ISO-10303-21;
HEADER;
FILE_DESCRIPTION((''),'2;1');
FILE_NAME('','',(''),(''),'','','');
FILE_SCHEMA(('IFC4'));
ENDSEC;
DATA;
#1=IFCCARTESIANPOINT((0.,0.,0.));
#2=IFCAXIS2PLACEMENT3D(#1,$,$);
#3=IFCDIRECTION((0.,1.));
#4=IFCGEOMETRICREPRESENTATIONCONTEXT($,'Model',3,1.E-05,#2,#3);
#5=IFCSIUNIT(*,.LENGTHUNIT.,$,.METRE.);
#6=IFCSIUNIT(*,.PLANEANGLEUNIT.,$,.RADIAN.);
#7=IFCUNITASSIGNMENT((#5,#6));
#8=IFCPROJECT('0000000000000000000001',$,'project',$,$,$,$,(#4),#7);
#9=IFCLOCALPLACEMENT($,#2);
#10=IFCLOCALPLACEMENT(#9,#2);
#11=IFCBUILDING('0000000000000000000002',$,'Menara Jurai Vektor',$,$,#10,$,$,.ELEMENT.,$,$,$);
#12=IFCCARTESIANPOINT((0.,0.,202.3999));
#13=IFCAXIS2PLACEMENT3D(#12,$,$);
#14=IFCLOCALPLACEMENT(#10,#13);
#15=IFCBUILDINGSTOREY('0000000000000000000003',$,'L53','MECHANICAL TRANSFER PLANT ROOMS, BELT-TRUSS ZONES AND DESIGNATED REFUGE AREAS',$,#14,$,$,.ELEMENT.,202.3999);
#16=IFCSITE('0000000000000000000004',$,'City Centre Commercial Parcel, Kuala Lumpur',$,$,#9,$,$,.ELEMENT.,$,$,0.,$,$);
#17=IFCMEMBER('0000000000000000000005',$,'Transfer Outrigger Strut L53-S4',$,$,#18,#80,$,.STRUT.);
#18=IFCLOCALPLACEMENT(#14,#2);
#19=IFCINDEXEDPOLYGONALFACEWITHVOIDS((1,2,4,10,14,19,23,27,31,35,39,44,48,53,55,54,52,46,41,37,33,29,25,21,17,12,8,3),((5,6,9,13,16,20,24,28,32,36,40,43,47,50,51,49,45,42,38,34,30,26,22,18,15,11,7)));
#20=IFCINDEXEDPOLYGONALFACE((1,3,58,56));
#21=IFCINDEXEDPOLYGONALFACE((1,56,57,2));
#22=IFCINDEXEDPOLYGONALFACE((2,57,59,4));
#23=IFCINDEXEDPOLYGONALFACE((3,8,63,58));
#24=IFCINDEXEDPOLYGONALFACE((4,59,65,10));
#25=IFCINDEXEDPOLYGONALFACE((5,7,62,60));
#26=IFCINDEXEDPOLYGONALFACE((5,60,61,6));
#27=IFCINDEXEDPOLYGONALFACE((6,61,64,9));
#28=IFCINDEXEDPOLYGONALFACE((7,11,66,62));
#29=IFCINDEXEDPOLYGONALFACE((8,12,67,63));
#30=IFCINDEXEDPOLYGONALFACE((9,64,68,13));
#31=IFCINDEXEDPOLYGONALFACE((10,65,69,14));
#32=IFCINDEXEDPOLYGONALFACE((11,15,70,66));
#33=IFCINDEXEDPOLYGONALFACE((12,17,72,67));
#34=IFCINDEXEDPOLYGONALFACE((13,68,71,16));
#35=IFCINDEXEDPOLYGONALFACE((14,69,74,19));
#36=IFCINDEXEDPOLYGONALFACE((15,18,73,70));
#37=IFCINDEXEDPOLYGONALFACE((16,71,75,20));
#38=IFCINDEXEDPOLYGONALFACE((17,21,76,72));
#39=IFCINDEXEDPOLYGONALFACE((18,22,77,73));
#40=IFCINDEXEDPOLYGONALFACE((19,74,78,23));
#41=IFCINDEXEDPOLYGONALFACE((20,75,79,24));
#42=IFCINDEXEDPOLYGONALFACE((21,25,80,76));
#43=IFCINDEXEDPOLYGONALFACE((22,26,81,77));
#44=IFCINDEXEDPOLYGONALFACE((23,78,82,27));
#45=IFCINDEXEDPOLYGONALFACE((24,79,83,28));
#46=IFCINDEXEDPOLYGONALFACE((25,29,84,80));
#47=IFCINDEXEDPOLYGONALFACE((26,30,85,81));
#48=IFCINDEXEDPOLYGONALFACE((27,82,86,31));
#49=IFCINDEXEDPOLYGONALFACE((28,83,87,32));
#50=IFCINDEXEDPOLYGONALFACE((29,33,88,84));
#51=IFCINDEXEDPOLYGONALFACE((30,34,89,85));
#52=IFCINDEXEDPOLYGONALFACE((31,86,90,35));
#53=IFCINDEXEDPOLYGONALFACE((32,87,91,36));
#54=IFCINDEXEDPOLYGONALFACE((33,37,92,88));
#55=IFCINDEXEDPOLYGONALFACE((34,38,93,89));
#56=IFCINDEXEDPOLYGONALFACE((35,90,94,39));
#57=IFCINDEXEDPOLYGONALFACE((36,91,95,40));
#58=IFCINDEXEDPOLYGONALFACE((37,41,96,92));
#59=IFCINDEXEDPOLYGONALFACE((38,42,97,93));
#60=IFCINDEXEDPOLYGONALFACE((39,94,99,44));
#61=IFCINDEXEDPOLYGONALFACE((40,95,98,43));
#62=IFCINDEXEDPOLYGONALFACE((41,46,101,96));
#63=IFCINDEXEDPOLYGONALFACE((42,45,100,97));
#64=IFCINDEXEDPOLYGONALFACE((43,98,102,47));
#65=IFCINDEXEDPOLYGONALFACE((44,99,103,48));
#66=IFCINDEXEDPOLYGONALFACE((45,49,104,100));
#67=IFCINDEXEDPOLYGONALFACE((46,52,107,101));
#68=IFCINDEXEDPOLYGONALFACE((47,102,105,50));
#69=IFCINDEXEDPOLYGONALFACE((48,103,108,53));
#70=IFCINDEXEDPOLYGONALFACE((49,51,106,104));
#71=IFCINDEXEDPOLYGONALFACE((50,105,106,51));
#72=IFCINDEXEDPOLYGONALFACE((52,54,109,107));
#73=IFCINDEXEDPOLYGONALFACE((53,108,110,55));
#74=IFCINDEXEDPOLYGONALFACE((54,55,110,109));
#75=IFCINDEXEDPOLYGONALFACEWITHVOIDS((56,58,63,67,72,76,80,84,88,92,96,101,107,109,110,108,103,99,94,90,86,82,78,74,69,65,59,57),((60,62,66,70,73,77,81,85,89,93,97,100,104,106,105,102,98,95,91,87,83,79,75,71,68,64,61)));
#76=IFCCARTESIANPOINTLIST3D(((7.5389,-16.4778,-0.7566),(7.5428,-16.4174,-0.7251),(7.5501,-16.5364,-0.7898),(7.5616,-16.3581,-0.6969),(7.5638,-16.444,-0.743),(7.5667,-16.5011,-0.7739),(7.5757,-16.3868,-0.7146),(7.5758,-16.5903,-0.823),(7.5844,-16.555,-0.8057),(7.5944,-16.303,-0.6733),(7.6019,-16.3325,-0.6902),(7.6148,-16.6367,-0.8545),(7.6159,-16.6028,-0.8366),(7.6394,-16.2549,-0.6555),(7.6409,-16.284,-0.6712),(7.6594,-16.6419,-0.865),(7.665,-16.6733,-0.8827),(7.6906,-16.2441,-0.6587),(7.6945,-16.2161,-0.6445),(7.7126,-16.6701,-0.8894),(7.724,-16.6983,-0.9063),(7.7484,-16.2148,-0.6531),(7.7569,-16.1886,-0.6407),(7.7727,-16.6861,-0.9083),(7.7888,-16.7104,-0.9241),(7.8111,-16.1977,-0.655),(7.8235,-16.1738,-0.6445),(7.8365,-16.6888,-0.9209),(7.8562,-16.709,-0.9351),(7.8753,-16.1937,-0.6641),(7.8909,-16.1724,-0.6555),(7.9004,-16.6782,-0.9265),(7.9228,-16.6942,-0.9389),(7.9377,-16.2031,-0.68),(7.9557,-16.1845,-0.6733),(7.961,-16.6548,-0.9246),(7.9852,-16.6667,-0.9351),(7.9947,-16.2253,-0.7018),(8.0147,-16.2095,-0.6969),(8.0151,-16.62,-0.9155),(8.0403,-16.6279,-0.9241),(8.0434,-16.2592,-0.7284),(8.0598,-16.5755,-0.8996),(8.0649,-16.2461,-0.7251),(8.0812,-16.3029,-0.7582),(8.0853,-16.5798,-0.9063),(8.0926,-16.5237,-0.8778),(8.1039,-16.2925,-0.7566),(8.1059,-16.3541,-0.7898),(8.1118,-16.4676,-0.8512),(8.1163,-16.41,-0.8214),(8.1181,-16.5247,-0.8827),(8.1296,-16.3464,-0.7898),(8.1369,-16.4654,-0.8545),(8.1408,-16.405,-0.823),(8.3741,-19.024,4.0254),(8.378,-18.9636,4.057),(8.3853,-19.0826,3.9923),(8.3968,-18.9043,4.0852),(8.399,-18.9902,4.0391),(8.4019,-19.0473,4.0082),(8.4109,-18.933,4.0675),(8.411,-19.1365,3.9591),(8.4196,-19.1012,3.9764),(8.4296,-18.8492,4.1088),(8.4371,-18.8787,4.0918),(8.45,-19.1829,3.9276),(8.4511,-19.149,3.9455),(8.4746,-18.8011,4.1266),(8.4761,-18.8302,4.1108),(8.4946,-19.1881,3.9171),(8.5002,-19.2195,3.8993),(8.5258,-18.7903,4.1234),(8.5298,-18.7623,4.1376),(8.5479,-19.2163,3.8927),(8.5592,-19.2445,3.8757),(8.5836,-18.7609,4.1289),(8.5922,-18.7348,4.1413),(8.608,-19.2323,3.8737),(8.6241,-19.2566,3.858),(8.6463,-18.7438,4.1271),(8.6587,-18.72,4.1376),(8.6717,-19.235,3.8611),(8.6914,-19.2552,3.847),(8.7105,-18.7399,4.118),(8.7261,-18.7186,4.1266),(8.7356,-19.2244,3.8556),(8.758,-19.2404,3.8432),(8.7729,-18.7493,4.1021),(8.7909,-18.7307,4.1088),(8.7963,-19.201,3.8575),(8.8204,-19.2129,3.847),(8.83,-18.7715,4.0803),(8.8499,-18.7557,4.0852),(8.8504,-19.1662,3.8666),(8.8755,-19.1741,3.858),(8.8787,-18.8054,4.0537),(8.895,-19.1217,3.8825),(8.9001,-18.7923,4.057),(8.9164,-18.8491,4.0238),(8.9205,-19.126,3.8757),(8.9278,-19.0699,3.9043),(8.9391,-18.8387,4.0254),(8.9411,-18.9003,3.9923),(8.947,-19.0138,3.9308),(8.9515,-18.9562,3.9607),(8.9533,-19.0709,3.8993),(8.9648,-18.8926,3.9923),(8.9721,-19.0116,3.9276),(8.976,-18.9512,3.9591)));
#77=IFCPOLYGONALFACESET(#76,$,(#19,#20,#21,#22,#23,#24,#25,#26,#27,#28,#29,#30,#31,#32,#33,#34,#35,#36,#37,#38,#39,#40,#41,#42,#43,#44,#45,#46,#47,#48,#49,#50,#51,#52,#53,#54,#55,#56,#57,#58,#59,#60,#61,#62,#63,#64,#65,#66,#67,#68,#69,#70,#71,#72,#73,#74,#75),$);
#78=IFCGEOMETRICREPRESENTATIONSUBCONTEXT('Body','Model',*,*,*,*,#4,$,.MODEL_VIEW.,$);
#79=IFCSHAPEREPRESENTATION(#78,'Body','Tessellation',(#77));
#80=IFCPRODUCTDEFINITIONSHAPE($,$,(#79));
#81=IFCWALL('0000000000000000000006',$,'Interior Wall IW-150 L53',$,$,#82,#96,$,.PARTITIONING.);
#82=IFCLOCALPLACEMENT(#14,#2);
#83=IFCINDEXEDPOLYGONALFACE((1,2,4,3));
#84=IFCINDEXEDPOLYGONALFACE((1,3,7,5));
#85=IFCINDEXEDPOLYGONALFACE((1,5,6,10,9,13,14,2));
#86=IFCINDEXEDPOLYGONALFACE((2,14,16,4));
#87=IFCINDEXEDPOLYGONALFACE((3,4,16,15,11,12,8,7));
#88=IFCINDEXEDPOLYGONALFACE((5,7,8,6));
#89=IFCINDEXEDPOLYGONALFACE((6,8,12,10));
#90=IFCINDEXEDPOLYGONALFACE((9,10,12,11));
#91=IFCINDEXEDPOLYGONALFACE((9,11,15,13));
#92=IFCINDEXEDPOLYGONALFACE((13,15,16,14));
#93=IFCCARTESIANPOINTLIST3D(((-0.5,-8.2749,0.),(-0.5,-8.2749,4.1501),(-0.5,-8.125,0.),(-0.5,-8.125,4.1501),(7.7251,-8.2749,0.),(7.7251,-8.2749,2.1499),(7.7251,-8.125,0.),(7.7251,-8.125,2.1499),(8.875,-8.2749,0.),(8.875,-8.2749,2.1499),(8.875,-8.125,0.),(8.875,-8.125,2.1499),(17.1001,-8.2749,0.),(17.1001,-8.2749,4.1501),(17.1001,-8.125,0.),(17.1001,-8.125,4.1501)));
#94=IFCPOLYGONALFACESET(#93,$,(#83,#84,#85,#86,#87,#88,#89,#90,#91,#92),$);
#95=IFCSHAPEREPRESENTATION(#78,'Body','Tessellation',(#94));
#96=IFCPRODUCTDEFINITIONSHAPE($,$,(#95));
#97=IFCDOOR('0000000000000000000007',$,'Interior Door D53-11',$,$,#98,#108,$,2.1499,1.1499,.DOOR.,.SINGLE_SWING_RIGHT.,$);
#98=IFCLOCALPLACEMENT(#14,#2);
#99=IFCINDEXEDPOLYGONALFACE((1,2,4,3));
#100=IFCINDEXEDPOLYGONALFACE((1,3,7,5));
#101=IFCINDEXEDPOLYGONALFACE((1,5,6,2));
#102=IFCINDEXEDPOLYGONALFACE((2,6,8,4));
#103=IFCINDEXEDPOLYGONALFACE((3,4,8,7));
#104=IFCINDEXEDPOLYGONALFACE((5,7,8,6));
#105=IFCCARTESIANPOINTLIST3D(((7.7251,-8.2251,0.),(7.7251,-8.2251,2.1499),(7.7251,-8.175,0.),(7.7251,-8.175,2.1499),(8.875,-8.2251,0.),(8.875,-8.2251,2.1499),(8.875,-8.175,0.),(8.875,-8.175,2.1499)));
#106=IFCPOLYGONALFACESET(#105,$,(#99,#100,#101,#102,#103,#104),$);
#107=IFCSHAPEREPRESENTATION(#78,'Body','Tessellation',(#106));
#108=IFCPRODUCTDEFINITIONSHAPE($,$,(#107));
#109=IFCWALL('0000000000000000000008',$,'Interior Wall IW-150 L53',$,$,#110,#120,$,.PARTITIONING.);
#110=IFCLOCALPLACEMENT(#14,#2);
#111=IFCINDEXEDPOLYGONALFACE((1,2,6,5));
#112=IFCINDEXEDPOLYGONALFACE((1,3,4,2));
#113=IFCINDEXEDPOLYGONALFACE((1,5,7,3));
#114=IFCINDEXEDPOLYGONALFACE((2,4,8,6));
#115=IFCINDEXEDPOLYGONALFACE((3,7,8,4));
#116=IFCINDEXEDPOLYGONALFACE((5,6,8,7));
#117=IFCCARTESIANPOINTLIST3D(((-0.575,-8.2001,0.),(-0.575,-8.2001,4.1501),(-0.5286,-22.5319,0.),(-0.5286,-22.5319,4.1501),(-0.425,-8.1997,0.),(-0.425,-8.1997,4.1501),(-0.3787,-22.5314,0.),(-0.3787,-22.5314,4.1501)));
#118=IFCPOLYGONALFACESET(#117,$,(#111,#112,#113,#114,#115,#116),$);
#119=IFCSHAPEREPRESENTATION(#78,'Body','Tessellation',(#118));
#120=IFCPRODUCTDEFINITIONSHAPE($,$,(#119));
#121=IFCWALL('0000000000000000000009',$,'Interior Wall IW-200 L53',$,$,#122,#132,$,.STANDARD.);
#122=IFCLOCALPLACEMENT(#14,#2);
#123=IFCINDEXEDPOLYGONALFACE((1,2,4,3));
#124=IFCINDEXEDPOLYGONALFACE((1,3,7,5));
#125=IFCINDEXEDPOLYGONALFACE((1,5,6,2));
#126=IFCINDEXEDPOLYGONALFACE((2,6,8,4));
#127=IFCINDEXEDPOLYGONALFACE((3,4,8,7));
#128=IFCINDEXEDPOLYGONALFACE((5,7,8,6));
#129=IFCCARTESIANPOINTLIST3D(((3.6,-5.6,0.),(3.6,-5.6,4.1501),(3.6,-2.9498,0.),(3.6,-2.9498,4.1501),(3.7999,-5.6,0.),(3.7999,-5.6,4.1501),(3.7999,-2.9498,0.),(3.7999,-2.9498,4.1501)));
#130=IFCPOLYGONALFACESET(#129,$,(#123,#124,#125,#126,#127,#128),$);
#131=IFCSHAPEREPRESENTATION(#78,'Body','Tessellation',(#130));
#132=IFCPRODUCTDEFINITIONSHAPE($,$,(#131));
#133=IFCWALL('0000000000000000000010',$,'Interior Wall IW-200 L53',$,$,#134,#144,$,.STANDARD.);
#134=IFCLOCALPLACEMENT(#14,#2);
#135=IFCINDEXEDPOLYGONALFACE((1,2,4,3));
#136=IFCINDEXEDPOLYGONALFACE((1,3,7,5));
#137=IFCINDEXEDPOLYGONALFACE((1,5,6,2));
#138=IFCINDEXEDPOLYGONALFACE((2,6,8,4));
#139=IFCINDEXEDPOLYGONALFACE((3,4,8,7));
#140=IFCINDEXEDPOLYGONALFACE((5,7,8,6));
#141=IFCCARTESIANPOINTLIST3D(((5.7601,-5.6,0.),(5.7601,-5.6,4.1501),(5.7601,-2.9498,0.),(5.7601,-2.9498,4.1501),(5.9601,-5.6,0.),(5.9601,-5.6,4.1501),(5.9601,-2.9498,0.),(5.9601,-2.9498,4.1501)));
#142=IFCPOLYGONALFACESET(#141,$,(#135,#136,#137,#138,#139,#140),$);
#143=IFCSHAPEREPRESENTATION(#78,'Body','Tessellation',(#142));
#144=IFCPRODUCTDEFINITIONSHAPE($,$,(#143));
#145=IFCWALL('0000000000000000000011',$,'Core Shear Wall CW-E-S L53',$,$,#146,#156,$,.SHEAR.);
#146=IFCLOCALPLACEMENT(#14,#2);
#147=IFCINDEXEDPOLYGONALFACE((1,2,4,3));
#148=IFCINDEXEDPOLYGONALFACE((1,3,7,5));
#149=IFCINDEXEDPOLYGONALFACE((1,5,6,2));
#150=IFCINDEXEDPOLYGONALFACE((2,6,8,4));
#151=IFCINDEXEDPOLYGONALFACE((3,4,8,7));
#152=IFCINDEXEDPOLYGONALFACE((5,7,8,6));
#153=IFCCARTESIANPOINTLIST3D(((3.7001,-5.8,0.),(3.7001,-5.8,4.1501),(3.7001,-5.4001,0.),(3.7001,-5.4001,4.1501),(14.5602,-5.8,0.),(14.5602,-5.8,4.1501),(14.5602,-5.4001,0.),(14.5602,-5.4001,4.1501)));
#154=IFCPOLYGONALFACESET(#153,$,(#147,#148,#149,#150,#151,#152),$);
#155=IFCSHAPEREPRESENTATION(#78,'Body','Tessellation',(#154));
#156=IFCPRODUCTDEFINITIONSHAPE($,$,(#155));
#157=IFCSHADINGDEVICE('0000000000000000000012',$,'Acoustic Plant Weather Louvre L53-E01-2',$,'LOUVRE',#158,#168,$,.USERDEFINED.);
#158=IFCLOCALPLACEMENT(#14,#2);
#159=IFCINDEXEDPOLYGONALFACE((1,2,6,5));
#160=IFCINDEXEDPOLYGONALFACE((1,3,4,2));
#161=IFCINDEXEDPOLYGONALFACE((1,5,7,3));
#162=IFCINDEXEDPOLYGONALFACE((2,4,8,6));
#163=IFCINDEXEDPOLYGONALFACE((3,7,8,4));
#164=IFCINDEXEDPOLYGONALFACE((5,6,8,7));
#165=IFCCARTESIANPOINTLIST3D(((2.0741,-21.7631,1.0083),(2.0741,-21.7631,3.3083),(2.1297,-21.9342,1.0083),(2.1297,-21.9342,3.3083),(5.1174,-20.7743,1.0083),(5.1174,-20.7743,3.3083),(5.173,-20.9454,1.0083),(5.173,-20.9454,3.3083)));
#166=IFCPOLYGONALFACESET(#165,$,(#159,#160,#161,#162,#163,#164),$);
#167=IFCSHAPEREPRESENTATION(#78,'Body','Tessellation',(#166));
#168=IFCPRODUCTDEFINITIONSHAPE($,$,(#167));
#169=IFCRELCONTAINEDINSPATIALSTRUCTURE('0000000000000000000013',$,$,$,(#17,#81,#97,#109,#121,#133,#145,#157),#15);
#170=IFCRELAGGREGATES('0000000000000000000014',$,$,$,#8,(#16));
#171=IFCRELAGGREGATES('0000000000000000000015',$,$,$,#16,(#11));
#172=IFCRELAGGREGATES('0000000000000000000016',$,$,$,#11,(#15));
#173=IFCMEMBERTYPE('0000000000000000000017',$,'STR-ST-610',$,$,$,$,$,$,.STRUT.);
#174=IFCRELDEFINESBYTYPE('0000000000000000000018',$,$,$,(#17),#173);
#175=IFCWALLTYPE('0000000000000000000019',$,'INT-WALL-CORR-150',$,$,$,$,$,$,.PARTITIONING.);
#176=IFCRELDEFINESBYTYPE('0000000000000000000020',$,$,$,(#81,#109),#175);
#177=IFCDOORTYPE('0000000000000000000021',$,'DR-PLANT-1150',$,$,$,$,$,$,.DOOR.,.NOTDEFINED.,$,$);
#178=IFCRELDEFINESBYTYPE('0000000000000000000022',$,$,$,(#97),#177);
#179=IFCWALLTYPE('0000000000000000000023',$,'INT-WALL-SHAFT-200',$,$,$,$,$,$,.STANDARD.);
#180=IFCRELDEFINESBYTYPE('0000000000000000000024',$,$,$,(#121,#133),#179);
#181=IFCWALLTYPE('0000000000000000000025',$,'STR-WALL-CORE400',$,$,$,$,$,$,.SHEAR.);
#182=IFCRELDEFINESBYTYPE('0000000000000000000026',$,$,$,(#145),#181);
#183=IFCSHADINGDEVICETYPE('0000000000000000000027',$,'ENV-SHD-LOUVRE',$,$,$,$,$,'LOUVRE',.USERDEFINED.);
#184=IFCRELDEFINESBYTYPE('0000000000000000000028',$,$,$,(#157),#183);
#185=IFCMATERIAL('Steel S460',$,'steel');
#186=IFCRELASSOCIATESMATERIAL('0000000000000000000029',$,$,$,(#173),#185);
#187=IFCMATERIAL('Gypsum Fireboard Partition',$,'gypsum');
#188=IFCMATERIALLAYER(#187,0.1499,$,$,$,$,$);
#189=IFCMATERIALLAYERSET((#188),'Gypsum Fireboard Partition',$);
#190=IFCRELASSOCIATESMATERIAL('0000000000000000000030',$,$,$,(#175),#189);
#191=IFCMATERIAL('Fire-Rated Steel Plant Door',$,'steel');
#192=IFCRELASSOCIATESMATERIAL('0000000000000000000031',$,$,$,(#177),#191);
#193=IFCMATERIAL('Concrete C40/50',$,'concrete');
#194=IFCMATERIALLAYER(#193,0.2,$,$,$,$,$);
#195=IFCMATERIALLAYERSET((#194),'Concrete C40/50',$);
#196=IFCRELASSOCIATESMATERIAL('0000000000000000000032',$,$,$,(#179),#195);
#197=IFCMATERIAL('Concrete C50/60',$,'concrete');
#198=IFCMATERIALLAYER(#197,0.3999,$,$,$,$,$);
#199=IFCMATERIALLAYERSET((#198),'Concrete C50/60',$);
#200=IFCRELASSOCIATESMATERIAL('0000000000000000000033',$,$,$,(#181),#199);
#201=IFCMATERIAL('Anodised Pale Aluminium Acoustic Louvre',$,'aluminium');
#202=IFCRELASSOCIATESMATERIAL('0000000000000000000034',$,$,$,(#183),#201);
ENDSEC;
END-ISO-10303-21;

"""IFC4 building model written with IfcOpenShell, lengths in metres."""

from ifc_helpers import new_model, si_unit, direction, frame, frame_2d, origin, origin_2d, place, context, subcontext, project, spatial, rectangle, hollow_circle, extrude, material, layer, layer_set, material_profile, profile_set, type_object, element, fill, save


model = new_model("IFC4")

# Units and contexts
model_context = context("Model", 3, precision=1e-05, world=origin(), true_north=direction((0.0, 1.0)))
body_context = subcontext(model_context, "Body", "Model", "MODEL_VIEW")
ifc_project = project(units=[si_unit("LENGTHUNIT", "METRE"), si_unit("PLANEANGLEUNIT", "RADIAN")], contexts=[model_context])

# Site, building, storey
site_placement = place(None, origin())
site = spatial("IfcSite", under=ifc_project, at=site_placement, Name="City Centre Commercial Parcel, Kuala Lumpur", CompositionType="ELEMENT", RefElevation=0.0)
building_placement = place(site_placement, origin())
building = spatial("IfcBuilding", under=site, at=building_placement, Name="Menara Jurai Vektor", CompositionType="ELEMENT")
storey_placement = place(building_placement, frame((0.0, 0.0, 202.3999)))
storey = spatial("IfcBuildingStorey", under=building, at=storey_placement, Name="L53", Description="MECHANICAL TRANSFER PLANT ROOMS, BELT-TRUSS ZONES AND DESIGNATED REFUGE AREAS", CompositionType="ELEMENT", Elevation=202.3999)

# Shared definitions
ifc_material_1 = material(Name="Concrete C50/60", Category="concrete")
ifc_material_2 = material(Name="Steel S460", Category="steel")

# Member
ifc_material_profile_1 = material_profile(ifc_material_2, hollow_circle(Radius=0.3049, WallThickness=0.0249, at=origin_2d()), Name="CHS 610x25")
ifc_profile_set_1 = profile_set([ifc_material_profile_1], Name="Steel S460")
member_type_1 = type_object("IfcMemberType", Name="STR-ST-610", PredefinedType="STRUT", material=ifc_profile_set_1)
member_1_placement = place(storey_placement, frame((7.8398, -16.4414, -0.7898), z_axis=(0.152366, -0.46449, 0.872372), x_axis=(0.950185, 0.311687, 0.0)))
element("IfcMember", 1, at=member_1_placement, inside=storey, type_object=member_type_1, Name="Transfer Outrigger Strut L53-S4", PredefinedType="STRUT", context=body_context, shape_type="SweptSolid", body=[
    extrude(hollow_circle(Radius=0.3049, WallThickness=0.0249, at=origin_2d()), origin(), (0.0, 0.0, 1.0), 5.4817),
])

# Wall, opening, door
ifc_material_3 = material(Name="Gypsum Fireboard Partition", Category="gypsum")
ifc_layer_1 = layer(ifc_material_3, 0.1499)
ifc_layer_set_1 = layer_set([ifc_layer_1], Name="Gypsum Fireboard Partition")
wall_type_1 = type_object("IfcWallType", Name="INT-WALL-CORR-150", PredefinedType="PARTITIONING", material=ifc_layer_set_1)
wall_1_placement = place(storey_placement, frame((-0.5, -8.2, 0.0), z_axis=(0.0, 0.0, 1.0), x_axis=(1.0, 0.0, 0.0)))
wall_1 = element("IfcWall", 2, at=wall_1_placement, inside=storey, type_object=wall_type_1, Name="Interior Wall IW-150 L53", PredefinedType="PARTITIONING", context=body_context, shape_type="SweptSolid", body=[
    extrude(rectangle(XDim=17.6001, YDim=0.1499, at=frame_2d((8.8, 0.0))), origin(), (0.0, 0.0, 1.0), 4.1501),
])
opening_placement = place(wall_1_placement, frame((8.2251, 0.0, 0.0)))
opening = element("IfcOpeningElement", 3, at=opening_placement, cuts=wall_1, PredefinedType="OPENING", context=body_context, shape_type="SweptSolid", body=[
    extrude(rectangle(XDim=1.1499, YDim=2.1499, at=frame_2d((0.575, 1.075))), frame((0.0, 0.085, 0.0), z_axis=(0.0, -1.0, 0.0), x_axis=(1.0, 0.0, 0.0)), (0.0, 0.0, 1.0), 0.1699),
])
ifc_material_4 = material(Name="Fire-Rated Steel Plant Door", Category="steel")
door_type = type_object("IfcDoorType", Name="DR-PLANT-1150", OperationType="NOTDEFINED", PredefinedType="DOOR", material=ifc_material_4)
door_placement = place(opening_placement, origin())
door = element("IfcDoor", 4, at=door_placement, inside=storey, type_object=door_type, Name="Interior Door D53-11", OperationType="SINGLE_SWING_RIGHT", OverallHeight=2.1499, OverallWidth=1.1499, PredefinedType="DOOR", context=body_context, shape_type="SweptSolid", body=[
    extrude(rectangle(XDim=1.1499, YDim=2.1499, at=frame_2d((0.575, 1.075))), frame((0.0, 0.0249, 0.0), z_axis=(0.0, -1.0, 0.0), x_axis=(1.0, 0.0, 0.0)), (0.0, 0.0, 1.0), 0.05),
])
fill(opening, door)

# Walls
wall_2_placement = place(storey_placement, frame((-0.4536, -22.5317, 0.0), z_axis=(0.0, 0.0, 1.0), x_axis=(-0.003237, 0.999995, 0.0)))
element("IfcWall", 5, at=wall_2_placement, inside=storey, type_object=wall_type_1, Name="Interior Wall IW-150 L53", PredefinedType="PARTITIONING", context=body_context, shape_type="SweptSolid", body=[
    extrude(rectangle(XDim=14.3318, YDim=0.1499, at=frame_2d((7.166, 0.0))), origin(), (0.0, 0.0, 1.0), 4.1501),
])
ifc_material_5 = material(Name="Concrete C40/50", Category="concrete")
ifc_layer_2 = layer(ifc_material_5, 0.2)
ifc_layer_set_2 = layer_set([ifc_layer_2], Name="Concrete C40/50")
wall_type_2 = type_object("IfcWallType", Name="INT-WALL-SHAFT-200", PredefinedType="STANDARD", material=ifc_layer_set_2)
for number, where, z_axis, x_axis, name in (
    (6, (3.7, -5.6001, 0.0), (0.0, 0.0, 1.0), (0.0, 1.0, 0.0), "Interior Wall IW-200 L53"),
    (7, (5.8601, -5.6001, 0.0), (0.0, 0.0, 1.0), (0.0, 1.0, 0.0), "Interior Wall IW-200 L53"),
):
    element("IfcWall", number, at=place(storey_placement, frame(where, z_axis=z_axis, x_axis=x_axis)), inside=storey, type_object=wall_type_2, Name=name, PredefinedType="STANDARD", context=body_context, shape_type="SweptSolid", body=[
        extrude(rectangle(XDim=2.6501, YDim=0.2, at=frame_2d((1.3252, 0.0))), origin(), (0.0, 0.0, 1.0), 4.1501),
    ])
ifc_layer_3 = layer(ifc_material_1, 0.3999)
ifc_layer_set_3 = layer_set([ifc_layer_3], Name="Concrete C50/60")
wall_type_3 = type_object("IfcWallType", Name="STR-WALL-CORE400", PredefinedType="SHEAR", material=ifc_layer_set_3)
wall_3_placement = place(storey_placement, frame((3.7, -5.6001, 0.0), z_axis=(0.0, 0.0, 1.0), x_axis=(1.0, 0.0, 0.0)))
element("IfcWall", 8, at=wall_3_placement, inside=storey, type_object=wall_type_3, Name="Core Shear Wall CW-E-S L53", PredefinedType="SHEAR", context=body_context, shape_type="SweptSolid", body=[
    extrude(rectangle(XDim=10.8601, YDim=0.3999, at=frame_2d((5.4302, 0.0))), origin(), (0.0, 0.0, 1.0), 4.1501),
])

# Shading device
ifc_material_6 = material(Name="Anodised Pale Aluminium Acoustic Louvre", Category="aluminium")
shading_device_type = type_object("IfcShadingDeviceType", Name="ENV-SHD-LOUVRE", ElementType="LOUVRE", PredefinedType="USERDEFINED", material=ifc_material_6)
shading_device_placement = place(storey_placement, frame((3.6235, -21.3542, 1.0083), z_axis=(0.0, 0.0, 1.0), x_axis=(0.951057, 0.309017, 0.0)))
element("IfcShadingDevice", 9, at=shading_device_placement, inside=storey, type_object=shading_device_type, Name="Acoustic Plant Weather Louvre L53-E01-2", ObjectType="LOUVRE", PredefinedType="USERDEFINED", context=body_context, shape_type="SweptSolid", body=[
    extrude(rectangle(XDim=3.2, YDim=0.1799, at=origin_2d()), origin(), (0.0, 0.0, 1.0), 2.3),
])

save(model, "model.ifc")
